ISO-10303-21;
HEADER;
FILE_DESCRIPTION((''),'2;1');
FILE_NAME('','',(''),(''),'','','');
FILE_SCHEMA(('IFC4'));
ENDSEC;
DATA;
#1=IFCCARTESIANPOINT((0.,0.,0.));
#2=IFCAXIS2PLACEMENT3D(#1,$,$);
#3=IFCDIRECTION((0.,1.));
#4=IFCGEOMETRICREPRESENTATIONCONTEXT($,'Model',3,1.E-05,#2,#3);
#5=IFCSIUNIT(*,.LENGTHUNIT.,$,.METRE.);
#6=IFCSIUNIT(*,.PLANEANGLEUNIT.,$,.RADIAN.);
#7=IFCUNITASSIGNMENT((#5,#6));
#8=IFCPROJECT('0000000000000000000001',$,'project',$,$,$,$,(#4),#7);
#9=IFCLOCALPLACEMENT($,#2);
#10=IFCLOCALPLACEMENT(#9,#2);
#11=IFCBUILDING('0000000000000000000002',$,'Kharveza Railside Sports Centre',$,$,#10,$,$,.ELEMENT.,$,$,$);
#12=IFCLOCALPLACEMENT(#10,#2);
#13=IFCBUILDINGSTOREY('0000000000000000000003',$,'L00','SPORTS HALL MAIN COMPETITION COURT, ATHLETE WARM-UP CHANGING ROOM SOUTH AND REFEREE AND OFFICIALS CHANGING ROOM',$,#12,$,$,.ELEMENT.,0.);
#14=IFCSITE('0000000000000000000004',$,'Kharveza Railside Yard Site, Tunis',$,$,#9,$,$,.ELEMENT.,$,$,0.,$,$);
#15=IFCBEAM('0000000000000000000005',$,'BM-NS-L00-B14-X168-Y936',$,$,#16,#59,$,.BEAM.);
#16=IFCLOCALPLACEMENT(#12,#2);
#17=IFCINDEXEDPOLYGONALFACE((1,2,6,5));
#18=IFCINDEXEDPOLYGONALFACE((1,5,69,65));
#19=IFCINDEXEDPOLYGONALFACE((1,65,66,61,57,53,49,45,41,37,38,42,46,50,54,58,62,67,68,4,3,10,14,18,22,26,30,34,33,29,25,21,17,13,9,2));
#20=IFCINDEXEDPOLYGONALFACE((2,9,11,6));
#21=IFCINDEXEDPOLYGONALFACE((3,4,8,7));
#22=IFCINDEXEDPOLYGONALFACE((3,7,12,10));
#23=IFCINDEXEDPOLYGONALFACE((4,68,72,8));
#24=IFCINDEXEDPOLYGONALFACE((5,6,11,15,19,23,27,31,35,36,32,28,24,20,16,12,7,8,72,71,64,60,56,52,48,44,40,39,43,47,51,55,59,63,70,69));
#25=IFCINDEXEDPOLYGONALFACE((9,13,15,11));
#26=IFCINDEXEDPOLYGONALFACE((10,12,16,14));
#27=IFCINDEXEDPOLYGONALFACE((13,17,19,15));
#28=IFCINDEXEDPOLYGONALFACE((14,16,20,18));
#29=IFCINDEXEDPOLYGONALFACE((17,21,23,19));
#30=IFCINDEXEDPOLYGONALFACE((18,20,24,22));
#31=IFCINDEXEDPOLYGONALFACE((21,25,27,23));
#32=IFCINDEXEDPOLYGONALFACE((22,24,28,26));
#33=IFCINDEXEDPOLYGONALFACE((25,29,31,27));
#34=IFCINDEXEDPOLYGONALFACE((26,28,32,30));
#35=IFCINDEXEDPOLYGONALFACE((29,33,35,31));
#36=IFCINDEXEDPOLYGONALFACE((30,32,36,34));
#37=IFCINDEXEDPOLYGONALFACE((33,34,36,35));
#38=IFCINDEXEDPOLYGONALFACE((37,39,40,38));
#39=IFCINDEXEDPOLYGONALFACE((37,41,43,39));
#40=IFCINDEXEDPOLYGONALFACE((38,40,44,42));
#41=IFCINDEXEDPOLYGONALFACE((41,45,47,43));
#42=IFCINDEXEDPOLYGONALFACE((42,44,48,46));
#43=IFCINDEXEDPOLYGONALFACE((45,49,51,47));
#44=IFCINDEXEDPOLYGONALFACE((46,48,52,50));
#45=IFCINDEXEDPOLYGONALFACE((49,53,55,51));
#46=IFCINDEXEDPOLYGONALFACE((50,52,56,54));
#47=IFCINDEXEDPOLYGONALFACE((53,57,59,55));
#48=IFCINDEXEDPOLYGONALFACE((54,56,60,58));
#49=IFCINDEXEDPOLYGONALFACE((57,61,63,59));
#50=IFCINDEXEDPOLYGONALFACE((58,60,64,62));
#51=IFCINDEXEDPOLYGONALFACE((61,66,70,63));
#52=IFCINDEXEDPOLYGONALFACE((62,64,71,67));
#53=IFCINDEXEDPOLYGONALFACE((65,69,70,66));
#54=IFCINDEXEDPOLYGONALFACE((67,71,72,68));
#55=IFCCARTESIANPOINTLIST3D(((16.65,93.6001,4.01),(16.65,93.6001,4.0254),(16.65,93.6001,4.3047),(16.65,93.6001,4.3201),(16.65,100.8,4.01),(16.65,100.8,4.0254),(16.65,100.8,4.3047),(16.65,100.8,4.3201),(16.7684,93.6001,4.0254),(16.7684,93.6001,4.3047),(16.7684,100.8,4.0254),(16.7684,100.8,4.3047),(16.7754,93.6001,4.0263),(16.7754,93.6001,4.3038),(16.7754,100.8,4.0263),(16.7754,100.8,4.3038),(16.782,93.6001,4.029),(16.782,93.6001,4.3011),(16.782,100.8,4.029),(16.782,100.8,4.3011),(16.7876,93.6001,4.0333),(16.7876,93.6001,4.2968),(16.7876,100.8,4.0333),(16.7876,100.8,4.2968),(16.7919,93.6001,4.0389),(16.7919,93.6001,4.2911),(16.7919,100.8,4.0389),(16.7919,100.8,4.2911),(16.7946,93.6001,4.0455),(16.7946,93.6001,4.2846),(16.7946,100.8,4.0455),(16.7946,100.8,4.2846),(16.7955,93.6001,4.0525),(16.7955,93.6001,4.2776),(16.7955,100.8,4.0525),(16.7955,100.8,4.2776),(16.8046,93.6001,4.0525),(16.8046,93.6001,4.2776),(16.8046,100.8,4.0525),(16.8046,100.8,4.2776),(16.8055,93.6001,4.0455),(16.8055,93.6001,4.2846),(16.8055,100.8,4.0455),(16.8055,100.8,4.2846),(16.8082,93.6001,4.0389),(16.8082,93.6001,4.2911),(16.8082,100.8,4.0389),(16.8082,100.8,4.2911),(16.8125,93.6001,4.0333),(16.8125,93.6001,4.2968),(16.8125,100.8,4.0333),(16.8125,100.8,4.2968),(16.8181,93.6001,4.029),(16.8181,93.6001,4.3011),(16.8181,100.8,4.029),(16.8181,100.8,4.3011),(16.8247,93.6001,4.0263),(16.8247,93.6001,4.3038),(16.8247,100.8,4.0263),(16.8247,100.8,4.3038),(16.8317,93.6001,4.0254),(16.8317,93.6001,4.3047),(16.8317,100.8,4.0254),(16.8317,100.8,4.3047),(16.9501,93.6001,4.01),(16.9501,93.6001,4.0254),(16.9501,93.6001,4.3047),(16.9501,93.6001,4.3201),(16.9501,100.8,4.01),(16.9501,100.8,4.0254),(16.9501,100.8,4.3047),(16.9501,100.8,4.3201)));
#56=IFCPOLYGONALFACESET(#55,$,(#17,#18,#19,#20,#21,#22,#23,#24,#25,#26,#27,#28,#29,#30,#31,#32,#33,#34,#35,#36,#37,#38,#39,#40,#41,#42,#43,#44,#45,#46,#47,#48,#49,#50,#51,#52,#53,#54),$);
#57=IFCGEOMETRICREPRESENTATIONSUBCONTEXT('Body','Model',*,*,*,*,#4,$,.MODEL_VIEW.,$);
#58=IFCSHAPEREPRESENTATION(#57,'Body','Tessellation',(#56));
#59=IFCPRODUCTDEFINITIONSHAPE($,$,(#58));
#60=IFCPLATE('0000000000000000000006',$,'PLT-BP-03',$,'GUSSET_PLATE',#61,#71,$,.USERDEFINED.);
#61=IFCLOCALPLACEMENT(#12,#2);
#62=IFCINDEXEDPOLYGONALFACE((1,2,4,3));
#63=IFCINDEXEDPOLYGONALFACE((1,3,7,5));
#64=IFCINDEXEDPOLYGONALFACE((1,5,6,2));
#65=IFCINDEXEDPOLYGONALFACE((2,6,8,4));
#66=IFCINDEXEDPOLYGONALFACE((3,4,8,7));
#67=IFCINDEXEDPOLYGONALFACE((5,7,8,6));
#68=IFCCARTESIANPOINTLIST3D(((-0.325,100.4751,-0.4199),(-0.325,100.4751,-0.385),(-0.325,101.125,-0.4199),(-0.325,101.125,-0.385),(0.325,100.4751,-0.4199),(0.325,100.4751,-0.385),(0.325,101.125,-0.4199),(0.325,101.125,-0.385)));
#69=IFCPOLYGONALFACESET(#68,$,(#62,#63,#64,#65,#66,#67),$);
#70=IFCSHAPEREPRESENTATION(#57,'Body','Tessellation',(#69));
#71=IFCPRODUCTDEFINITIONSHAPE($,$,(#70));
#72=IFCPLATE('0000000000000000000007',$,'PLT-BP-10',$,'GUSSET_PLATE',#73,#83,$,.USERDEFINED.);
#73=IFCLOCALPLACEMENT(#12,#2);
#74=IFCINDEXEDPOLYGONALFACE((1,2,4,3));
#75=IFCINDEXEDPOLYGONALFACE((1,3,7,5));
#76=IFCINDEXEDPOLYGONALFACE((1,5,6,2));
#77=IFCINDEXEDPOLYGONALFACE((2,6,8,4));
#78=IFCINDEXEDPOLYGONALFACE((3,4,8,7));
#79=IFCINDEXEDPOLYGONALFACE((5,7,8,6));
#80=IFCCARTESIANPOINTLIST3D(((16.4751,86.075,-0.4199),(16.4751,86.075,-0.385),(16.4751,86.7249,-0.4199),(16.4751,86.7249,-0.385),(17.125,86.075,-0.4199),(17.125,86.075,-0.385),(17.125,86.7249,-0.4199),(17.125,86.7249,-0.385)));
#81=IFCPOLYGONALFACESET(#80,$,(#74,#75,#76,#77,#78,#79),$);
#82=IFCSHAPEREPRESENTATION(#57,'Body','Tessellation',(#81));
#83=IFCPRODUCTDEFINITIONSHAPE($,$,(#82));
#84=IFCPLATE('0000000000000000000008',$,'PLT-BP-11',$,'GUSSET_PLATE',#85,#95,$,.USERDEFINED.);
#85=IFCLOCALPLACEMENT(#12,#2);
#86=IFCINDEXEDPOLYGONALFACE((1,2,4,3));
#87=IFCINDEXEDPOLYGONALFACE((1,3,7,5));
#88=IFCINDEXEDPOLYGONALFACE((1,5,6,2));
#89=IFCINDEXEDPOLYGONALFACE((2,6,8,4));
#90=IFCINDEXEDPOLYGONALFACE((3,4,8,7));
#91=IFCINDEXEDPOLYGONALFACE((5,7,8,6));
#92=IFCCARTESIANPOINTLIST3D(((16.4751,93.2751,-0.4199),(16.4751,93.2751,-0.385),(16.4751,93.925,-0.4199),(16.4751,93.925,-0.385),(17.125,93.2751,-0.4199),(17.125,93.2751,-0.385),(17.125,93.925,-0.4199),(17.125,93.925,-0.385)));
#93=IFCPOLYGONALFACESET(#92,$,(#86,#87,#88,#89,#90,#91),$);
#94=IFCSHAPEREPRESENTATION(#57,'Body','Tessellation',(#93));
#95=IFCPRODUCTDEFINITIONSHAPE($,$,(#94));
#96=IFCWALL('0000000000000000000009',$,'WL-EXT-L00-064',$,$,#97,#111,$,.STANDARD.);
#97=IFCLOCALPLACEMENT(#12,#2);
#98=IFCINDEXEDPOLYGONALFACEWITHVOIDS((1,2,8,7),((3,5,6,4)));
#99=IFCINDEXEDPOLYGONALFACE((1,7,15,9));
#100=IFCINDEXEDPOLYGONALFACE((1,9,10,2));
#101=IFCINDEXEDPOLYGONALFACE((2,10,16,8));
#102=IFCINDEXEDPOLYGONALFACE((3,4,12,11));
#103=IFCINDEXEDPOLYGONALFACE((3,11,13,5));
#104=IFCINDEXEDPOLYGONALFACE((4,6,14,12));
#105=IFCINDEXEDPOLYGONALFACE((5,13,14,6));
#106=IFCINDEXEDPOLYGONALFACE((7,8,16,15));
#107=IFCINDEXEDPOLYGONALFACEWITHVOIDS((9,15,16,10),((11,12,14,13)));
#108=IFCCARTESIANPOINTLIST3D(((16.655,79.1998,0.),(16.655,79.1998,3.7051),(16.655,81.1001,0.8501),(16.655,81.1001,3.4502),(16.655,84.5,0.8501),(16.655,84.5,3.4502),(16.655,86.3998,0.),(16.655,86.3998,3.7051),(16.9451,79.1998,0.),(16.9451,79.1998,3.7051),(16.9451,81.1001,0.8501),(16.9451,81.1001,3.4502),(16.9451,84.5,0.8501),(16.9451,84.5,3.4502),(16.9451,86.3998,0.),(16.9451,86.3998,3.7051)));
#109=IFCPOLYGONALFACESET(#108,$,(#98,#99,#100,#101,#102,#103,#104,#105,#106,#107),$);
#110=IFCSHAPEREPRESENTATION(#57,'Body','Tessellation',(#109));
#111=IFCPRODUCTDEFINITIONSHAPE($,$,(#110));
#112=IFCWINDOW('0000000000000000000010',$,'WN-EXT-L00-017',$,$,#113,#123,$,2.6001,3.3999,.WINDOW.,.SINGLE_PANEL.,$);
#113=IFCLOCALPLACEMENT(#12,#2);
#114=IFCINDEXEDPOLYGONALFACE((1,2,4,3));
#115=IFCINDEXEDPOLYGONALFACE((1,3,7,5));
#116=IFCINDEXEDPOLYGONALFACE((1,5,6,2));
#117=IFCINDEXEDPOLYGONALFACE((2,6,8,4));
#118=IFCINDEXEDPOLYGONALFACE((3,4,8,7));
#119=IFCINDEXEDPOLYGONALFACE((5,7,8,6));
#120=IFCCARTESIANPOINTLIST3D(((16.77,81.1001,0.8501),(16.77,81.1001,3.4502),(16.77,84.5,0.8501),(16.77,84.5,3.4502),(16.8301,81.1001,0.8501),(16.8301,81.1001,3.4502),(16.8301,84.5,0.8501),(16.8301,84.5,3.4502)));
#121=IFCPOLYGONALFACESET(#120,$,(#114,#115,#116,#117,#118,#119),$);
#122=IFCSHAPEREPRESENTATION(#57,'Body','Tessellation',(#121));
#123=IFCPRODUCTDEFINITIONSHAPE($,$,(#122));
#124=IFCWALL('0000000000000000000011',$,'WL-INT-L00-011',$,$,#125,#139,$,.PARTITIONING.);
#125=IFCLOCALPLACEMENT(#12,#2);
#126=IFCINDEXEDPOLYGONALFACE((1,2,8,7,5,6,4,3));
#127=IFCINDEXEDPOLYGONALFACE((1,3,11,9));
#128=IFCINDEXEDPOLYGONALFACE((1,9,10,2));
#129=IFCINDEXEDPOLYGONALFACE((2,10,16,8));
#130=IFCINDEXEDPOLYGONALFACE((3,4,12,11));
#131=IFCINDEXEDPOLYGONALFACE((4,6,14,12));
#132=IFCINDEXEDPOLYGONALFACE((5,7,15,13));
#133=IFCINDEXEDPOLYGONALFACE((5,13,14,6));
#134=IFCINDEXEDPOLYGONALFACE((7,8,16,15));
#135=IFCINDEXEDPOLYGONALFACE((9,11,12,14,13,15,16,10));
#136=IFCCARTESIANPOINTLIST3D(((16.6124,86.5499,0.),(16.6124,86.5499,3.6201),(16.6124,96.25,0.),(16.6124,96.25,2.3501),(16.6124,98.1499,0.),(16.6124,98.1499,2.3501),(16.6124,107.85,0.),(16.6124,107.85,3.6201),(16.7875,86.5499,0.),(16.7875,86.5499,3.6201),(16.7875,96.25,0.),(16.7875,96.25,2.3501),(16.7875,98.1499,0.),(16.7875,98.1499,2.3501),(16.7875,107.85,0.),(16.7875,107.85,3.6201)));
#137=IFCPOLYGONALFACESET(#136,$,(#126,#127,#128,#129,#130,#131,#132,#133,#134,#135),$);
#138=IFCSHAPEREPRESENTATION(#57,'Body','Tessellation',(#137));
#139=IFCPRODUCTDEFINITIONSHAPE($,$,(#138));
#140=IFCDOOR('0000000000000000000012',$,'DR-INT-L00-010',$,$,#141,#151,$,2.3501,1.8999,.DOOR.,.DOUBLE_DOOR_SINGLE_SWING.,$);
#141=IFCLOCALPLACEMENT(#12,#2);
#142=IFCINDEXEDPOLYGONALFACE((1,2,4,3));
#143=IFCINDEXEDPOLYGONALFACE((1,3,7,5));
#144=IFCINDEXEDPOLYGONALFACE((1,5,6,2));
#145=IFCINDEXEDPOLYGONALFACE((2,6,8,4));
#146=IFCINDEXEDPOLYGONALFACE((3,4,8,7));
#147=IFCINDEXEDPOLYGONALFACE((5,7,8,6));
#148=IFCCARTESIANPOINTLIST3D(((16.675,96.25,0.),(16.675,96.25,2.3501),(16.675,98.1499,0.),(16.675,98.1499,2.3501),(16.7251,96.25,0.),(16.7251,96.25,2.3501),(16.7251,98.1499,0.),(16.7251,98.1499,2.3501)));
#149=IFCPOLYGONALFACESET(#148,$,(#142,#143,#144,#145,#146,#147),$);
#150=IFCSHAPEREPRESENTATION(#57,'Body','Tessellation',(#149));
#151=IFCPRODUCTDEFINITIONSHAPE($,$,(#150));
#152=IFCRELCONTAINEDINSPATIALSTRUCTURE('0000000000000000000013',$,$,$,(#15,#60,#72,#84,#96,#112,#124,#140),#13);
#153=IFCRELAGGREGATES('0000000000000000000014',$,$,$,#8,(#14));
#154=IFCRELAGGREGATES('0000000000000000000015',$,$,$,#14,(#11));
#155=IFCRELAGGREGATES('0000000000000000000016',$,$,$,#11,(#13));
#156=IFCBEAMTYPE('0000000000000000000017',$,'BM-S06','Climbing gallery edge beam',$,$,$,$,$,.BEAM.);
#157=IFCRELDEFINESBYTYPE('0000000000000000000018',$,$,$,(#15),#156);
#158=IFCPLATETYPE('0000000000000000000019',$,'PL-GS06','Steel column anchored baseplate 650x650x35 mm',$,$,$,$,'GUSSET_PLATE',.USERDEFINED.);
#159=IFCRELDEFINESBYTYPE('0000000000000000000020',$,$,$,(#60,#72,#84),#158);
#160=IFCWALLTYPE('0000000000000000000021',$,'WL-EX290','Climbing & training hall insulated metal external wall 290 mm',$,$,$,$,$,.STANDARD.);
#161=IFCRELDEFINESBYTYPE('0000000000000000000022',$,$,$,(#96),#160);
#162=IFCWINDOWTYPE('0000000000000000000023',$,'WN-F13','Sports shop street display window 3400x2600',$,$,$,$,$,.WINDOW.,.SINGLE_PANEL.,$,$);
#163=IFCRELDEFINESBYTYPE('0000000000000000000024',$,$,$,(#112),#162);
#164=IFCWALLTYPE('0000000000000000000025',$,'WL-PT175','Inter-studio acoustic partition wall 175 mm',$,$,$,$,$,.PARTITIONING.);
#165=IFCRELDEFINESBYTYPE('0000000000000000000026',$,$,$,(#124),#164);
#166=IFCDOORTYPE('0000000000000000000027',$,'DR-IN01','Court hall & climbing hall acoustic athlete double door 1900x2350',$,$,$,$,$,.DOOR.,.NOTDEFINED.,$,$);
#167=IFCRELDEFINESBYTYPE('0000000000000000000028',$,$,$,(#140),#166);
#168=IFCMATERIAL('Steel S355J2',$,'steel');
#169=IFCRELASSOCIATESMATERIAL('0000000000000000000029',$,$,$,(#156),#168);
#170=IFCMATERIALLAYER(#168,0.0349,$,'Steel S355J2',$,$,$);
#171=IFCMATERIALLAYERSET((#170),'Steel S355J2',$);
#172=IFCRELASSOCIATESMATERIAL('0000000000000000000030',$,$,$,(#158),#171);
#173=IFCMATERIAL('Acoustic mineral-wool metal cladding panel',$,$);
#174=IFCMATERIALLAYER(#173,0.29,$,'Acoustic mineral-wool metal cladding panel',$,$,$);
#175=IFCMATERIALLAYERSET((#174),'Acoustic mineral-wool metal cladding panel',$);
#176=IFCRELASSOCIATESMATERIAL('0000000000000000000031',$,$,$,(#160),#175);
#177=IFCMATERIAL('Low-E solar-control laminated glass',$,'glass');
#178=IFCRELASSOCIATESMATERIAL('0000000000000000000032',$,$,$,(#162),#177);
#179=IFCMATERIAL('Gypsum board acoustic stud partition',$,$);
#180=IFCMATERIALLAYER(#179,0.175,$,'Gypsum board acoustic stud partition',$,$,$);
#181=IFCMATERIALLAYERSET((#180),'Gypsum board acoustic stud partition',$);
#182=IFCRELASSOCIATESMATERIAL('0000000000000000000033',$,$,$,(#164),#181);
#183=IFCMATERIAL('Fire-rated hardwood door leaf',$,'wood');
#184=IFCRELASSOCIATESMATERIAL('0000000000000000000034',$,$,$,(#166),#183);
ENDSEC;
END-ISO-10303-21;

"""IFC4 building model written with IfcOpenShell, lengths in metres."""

from ifc_helpers import new_model, si_unit, direction, frame, frame_2d, origin, origin_2d, place, context, subcontext, project, spatial, rectangle, i_section, extrude, material, layer, layer_set, material_profile, profile_set, type_object, element, fill, save


model = new_model("IFC4")

# Units and contexts
model_context = context("Model", 3, precision=1e-05, world=origin(), true_north=direction((0.0, 1.0)))
body_context = subcontext(model_context, "Body", "Model", "MODEL_VIEW")
ifc_project = project(units=[si_unit("LENGTHUNIT", "METRE"), si_unit("PLANEANGLEUNIT", "RADIAN")], contexts=[model_context])

# Site, building, storey
site_placement = place(None, origin())
site = spatial("IfcSite", under=ifc_project, at=site_placement, Name="Kharveza Railside Yard Site, Tunis", CompositionType="ELEMENT", RefElevation=0.0)
building_placement = place(site_placement, origin())
building = spatial("IfcBuilding", under=site, at=building_placement, Name="Kharveza Railside Sports Centre", CompositionType="ELEMENT")
storey_placement = place(building_placement, origin())
storey = spatial("IfcBuildingStorey", under=building, at=storey_placement, Name="L00", Description="SPORTS HALL MAIN COMPETITION COURT, ATHLETE WARM-UP CHANGING ROOM SOUTH AND REFEREE AND OFFICIALS CHANGING ROOM", CompositionType="ELEMENT", Elevation=0.0)

# Shared definitions
ifc_material_1 = material(Name="Steel S355J2", Category="steel")

# Beam
ifc_material_profile_1 = material_profile(ifc_material_1, i_section(OverallWidth=0.3, OverallDepth=0.3101, WebThickness=0.009, FlangeThickness=0.0154, FilletRadius=0.0271, at=origin_2d()), Name="HEA 320")
ifc_profile_set_1 = profile_set([ifc_material_profile_1], Name="Steel S355J2")
beam_type_1 = type_object("IfcBeamType", Name="BM-S06", Description="Climbing gallery edge beam", PredefinedType="BEAM", material=ifc_profile_set_1)
beam_1_placement = place(storey_placement, frame((16.8, 93.6001, 4.165), z_axis=(0.0, 1.0, 0.0), x_axis=(-1.0, 0.0, 0.0)))
element("IfcBeam", 1, at=beam_1_placement, inside=storey, type_object=beam_type_1, Name="BM-NS-L00-B14-X168-Y936", PredefinedType="BEAM", context=body_context, shape_type="SweptSolid", body=[
    extrude(i_section(OverallWidth=0.3, OverallDepth=0.3101, WebThickness=0.009, FlangeThickness=0.0154, FilletRadius=0.0271, at=origin_2d()), origin(), (0.0, 0.0, 1.0), 7.2),
])

# Plates
ifc_layer_1 = layer(ifc_material_1, 0.0349, Name="Steel S355J2")
ifc_layer_set_1 = layer_set([ifc_layer_1], Name="Steel S355J2")
plate_type = type_object("IfcPlateType", Name="PL-GS06", Description="Steel column anchored baseplate 650x650x35 mm", ElementType="GUSSET_PLATE", PredefinedType="USERDEFINED", material=ifc_layer_set_1)
for number, where, z_axis, x_axis, name in (
    (2, (0.0, 100.8, -0.4199), (0.0, 0.0, 1.0), (1.0, 0.0, 0.0), "PLT-BP-03"),
    (3, (16.8, 86.3999, -0.4199), (0.0, 0.0, 1.0), (1.0, 0.0, 0.0), "PLT-BP-10"),
    (4, (16.8, 93.6001, -0.4199), (0.0, 0.0, 1.0), (1.0, 0.0, 0.0), "PLT-BP-11"),
):
    element("IfcPlate", number, at=place(storey_placement, frame(where, z_axis=z_axis, x_axis=x_axis)), inside=storey, type_object=plate_type, Name=name, ObjectType="GUSSET_PLATE", PredefinedType="USERDEFINED", context=body_context, shape_type="SweptSolid", body=[
        extrude(rectangle(XDim=0.6499, YDim=0.6499, at=origin_2d()), origin(), (0.0, 0.0, 1.0), 0.0349),
    ])

# Wall, opening, window
ifc_material_2 = material(Name="Acoustic mineral-wool metal cladding panel")
ifc_layer_2 = layer(ifc_material_2, 0.29, Name="Acoustic mineral-wool metal cladding panel")
ifc_layer_set_2 = layer_set([ifc_layer_2], Name="Acoustic mineral-wool metal cladding panel")
wall_type_1 = type_object("IfcWallType", Name="WL-EX290", Description="Climbing & training hall insulated metal external wall 290 mm", PredefinedType="STANDARD", material=ifc_layer_set_2)
wall_1_placement = place(storey_placement, frame((16.8, 86.3999, 0.0), z_axis=(0.0, 0.0, 1.0), x_axis=(0.0, -1.0, 0.0)))
wall_1 = element("IfcWall", 5, at=wall_1_placement, inside=storey, type_object=wall_type_1, Name="WL-EXT-L00-064", PredefinedType="STANDARD", context=body_context, shape_type="SweptSolid", body=[
    extrude(rectangle(XDim=7.2, YDim=0.29, at=frame_2d((3.6001, 0.0))), origin(), (0.0, 0.0, 1.0), 3.7051),
])
opening_1_placement = place(wall_1_placement, frame((1.8999, 0.0, 0.8501)))
opening_1 = element("IfcOpeningElement", 6, at=opening_1_placement, cuts=wall_1, PredefinedType="OPENING", context=body_context, shape_type="SweptSolid", body=[
    extrude(rectangle(XDim=3.3999, YDim=2.6001, at=frame_2d((1.7, 1.3))), frame((0.0, 0.1699, 0.0), z_axis=(0.0, -1.0, 0.0), x_axis=(1.0, 0.0, 0.0)), (0.0, 0.0, 1.0), 0.3398),
])
ifc_material_3 = material(Name="Low-E solar-control laminated glass", Category="glass")
window_type = type_object("IfcWindowType", Name="WN-F13", Description="Sports shop street display window 3400x2600", PartitioningType="SINGLE_PANEL", PredefinedType="WINDOW", material=ifc_material_3)
window_placement = place(opening_1_placement, origin())
window = element("IfcWindow", 7, at=window_placement, inside=storey, type_object=window_type, Name="WN-EXT-L00-017", OverallHeight=2.6001, OverallWidth=3.3999, PartitioningType="SINGLE_PANEL", PredefinedType="WINDOW", context=body_context, shape_type="SweptSolid", body=[
    extrude(rectangle(XDim=3.3999, YDim=2.6001, at=frame_2d((1.7, 1.3))), frame((0.0, 0.03, 0.0), z_axis=(0.0, -1.0, 0.0), x_axis=(1.0, 0.0, 0.0)), (0.0, 0.0, 1.0), 0.0601),
])
fill(opening_1, window)

# Wall, opening, door
ifc_material_4 = material(Name="Gypsum board acoustic stud partition")
ifc_layer_3 = layer(ifc_material_4, 0.175, Name="Gypsum board acoustic stud partition")
ifc_layer_set_3 = layer_set([ifc_layer_3], Name="Gypsum board acoustic stud partition")
wall_type_2 = type_object("IfcWallType", Name="WL-PT175", Description="Inter-studio acoustic partition wall 175 mm", PredefinedType="PARTITIONING", material=ifc_layer_set_3)
wall_2_placement = place(storey_placement, frame((16.7, 86.55, 0.0), z_axis=(0.0, 0.0, 1.0), x_axis=(0.0, 1.0, 0.0)))
wall_2 = element("IfcWall", 8, at=wall_2_placement, inside=storey, type_object=wall_type_2, Name="WL-INT-L00-011", PredefinedType="PARTITIONING", context=body_context, shape_type="SweptSolid", body=[
    extrude(rectangle(XDim=21.3, YDim=0.175, at=frame_2d((10.6499, 0.0))), origin(), (0.0, 0.0, 1.0), 3.6201),
])
opening_2_placement = place(wall_2_placement, frame((9.7, 0.0, 0.0)))
opening_2 = element("IfcOpeningElement", 9, at=opening_2_placement, cuts=wall_2, PredefinedType="OPENING", context=body_context, shape_type="SweptSolid", body=[
    extrude(rectangle(XDim=1.8999, YDim=2.3501, at=frame_2d((0.95, 1.175))), frame((0.0, 0.1123, 0.0), z_axis=(0.0, -1.0, 0.0), x_axis=(1.0, 0.0, 0.0)), (0.0, 0.0, 1.0), 0.2249),
])
ifc_material_5 = material(Name="Fire-rated hardwood door leaf", Category="wood")
door_type = type_object("IfcDoorType", Name="DR-IN01", Description="Court hall & climbing hall acoustic athlete double door 1900x2350", OperationType="NOTDEFINED", PredefinedType="DOOR", material=ifc_material_5)
door_placement = place(opening_2_placement, origin())
door = element("IfcDoor", 10, at=door_placement, inside=storey, type_object=door_type, Name="DR-INT-L00-010", OperationType="DOUBLE_DOOR_SINGLE_SWING", OverallHeight=2.3501, OverallWidth=1.8999, PredefinedType="DOOR", context=body_context, shape_type="SweptSolid", body=[
    extrude(rectangle(XDim=1.8999, YDim=2.3501, at=frame_2d((0.95, 1.175))), frame((0.0, 0.0249, 0.0), z_axis=(0.0, -1.0, 0.0), x_axis=(1.0, 0.0, 0.0)), (0.0, 0.0, 1.0), 0.05),
])
fill(opening_2, door)

save(model, "model.ifc")
